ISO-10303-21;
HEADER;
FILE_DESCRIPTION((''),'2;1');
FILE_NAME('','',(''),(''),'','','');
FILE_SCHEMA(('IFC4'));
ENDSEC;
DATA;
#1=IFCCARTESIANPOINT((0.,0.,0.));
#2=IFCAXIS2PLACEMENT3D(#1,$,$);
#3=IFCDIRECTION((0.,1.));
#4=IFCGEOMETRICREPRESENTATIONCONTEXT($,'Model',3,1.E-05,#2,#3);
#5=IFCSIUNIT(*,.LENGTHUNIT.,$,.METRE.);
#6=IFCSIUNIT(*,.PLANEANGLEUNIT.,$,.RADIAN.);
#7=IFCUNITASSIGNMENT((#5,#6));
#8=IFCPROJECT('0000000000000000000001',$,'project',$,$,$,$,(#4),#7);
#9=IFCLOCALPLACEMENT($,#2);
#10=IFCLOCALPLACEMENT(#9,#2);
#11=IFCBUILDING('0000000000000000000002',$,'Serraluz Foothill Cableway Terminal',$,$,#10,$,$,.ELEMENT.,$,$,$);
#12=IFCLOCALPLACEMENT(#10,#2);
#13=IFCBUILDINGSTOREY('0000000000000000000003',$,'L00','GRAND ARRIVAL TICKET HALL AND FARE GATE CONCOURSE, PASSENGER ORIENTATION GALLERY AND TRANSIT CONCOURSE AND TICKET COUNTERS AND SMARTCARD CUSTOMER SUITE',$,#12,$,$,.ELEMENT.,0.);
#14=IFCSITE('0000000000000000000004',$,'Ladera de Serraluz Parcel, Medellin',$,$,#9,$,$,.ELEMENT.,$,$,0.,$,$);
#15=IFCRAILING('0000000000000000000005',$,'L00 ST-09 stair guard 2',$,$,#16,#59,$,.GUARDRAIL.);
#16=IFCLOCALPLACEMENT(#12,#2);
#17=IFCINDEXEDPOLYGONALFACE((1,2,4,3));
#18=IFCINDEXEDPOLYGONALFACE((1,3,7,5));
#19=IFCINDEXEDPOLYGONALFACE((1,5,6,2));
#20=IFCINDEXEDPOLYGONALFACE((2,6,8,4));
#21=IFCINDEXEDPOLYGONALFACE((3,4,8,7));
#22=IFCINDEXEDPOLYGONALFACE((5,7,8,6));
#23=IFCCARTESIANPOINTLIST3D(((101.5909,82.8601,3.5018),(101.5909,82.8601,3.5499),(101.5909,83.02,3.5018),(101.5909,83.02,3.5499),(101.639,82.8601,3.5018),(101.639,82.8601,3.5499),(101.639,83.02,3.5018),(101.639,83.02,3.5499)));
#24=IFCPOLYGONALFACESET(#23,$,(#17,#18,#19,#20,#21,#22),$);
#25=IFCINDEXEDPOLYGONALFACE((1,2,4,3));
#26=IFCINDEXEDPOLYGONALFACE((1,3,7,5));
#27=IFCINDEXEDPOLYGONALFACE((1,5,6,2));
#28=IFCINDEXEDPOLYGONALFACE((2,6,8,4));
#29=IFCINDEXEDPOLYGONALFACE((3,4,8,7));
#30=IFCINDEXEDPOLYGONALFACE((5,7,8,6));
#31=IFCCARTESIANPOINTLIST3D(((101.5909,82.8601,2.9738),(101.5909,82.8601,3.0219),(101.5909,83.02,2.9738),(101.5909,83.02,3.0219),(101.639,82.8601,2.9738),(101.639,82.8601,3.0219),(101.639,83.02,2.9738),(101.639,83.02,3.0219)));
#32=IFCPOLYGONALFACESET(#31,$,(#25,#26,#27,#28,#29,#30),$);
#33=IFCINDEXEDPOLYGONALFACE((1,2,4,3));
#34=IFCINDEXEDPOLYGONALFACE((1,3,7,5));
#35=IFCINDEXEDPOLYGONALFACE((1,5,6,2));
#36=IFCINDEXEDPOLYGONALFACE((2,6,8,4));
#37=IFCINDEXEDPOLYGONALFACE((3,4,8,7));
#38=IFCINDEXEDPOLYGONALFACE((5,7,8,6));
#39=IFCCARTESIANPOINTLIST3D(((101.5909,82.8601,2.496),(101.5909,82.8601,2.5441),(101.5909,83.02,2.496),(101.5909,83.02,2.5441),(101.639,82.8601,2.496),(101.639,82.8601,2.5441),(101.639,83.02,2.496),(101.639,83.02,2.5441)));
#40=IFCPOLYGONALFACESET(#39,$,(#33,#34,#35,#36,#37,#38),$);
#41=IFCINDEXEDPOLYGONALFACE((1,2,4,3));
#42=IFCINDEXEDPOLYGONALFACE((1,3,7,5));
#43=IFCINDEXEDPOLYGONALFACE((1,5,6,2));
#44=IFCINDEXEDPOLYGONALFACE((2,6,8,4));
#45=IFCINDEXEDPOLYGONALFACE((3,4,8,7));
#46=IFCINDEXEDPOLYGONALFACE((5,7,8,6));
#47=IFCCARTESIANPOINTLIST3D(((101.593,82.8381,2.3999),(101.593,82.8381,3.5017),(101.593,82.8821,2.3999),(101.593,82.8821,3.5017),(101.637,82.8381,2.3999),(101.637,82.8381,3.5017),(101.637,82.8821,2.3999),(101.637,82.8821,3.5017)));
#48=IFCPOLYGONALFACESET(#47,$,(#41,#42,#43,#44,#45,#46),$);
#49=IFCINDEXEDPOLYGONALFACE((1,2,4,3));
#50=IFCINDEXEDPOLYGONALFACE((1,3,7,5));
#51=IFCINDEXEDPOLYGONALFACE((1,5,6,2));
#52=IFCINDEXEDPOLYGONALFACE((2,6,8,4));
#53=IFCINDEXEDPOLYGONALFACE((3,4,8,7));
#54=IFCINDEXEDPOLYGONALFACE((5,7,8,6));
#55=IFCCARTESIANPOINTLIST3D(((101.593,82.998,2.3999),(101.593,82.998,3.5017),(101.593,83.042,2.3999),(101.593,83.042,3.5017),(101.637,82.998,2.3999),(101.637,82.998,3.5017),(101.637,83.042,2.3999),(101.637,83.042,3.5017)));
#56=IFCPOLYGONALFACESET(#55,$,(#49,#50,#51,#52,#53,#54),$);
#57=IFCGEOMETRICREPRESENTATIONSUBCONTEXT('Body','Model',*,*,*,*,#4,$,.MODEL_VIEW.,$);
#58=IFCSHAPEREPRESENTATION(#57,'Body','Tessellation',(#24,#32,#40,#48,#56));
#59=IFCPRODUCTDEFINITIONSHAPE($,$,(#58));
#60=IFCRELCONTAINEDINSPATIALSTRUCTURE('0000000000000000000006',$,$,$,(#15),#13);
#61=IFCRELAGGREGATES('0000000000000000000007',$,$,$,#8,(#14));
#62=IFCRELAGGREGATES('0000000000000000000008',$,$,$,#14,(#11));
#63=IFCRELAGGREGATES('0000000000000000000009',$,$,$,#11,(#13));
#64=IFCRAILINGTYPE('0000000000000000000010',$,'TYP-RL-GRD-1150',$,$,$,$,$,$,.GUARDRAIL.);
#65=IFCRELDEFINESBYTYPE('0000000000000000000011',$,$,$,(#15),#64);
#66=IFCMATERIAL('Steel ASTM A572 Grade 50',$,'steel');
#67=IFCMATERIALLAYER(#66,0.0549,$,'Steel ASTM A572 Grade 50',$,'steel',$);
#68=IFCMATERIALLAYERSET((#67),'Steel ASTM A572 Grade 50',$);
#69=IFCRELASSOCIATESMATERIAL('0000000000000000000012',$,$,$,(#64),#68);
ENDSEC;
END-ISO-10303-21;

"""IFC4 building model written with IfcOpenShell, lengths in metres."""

from ifc_helpers import new_model, si_unit, direction, frame, origin, origin_2d, place, context, subcontext, project, spatial, rectangle, extrude, material, layer, layer_set, type_object, element, save


model = new_model("IFC4")

# Units and contexts
model_context = context("Model", 3, precision=1e-05, world=origin(), true_north=direction((0.0, 1.0)))
body_context = subcontext(model_context, "Body", "Model", "MODEL_VIEW")
ifc_project = project(units=[si_unit("LENGTHUNIT", "METRE"), si_unit("PLANEANGLEUNIT", "RADIAN")], contexts=[model_context])

# Site, building, storey
site_placement = place(None, origin())
site = spatial("IfcSite", under=ifc_project, at=site_placement, Name="Ladera de Serraluz Parcel, Medellin", CompositionType="ELEMENT", RefElevation=0.0)
building_placement = place(site_placement, origin())
building = spatial("IfcBuilding", under=site, at=building_placement, Name="Serraluz Foothill Cableway Terminal", CompositionType="ELEMENT")
storey_placement = place(building_placement, origin())
storey = spatial("IfcBuildingStorey", under=building, at=storey_placement, Name="L00", Description="GRAND ARRIVAL TICKET HALL AND FARE GATE CONCOURSE, PASSENGER ORIENTATION GALLERY AND TRANSIT CONCOURSE AND TICKET COUNTERS AND SMARTCARD CUSTOMER SUITE", CompositionType="ELEMENT", Elevation=0.0)

# Railing
ifc_material_1 = material(Name="Steel ASTM A572 Grade 50", Category="steel")
ifc_layer_1 = layer(ifc_material_1, 0.0549, Name="Steel ASTM A572 Grade 50", Category="steel")
ifc_layer_set_1 = layer_set([ifc_layer_1], Name="Steel ASTM A572 Grade 50")
railing_type_1 = type_object("IfcRailingType", Name="TYP-RL-GRD-1150", PredefinedType="GUARDRAIL", material=ifc_layer_set_1)
railing_1_placement = place(storey_placement, frame((101.615, 82.8601, 2.3999)))
element("IfcRailing", 1, at=railing_1_placement, inside=storey, type_object=railing_type_1, Name="L00 ST-09 stair guard 2", PredefinedType="GUARDRAIL", context=body_context, shape_type="SweptSolid", body=[
    extrude(rectangle(XDim=0.0481, YDim=0.0481, at=origin_2d()), frame((0.0, 0.0, 1.126), z_axis=(0.0, 1.0, 0.0), x_axis=(-1.0, 0.0, 0.0)), (0.0, 0.0, 1.0), 0.1599),
    extrude(rectangle(XDim=0.0481, YDim=0.0481, at=origin_2d()), frame((0.0, 0.0, 0.5979), z_axis=(0.0, 1.0, 0.0), x_axis=(-1.0, 0.0, 0.0)), (0.0, 0.0, 1.0), 0.1599),
    extrude(rectangle(XDim=0.0481, YDim=0.0481, at=origin_2d()), frame((0.0, 0.0, 0.1201), z_axis=(0.0, 1.0, 0.0), x_axis=(-1.0, 0.0, 0.0)), (0.0, 0.0, 1.0), 0.1599),
    extrude(rectangle(XDim=0.0439, YDim=0.0439, at=origin_2d()), origin(), (0.0, 0.0, 1.0), 1.1018),
    extrude(rectangle(XDim=0.0439, YDim=0.0439, at=origin_2d()), frame((0.0, 0.1599, 0.0)), (0.0, 0.0, 1.0), 1.1018),
])

save(model, "model.ifc")
